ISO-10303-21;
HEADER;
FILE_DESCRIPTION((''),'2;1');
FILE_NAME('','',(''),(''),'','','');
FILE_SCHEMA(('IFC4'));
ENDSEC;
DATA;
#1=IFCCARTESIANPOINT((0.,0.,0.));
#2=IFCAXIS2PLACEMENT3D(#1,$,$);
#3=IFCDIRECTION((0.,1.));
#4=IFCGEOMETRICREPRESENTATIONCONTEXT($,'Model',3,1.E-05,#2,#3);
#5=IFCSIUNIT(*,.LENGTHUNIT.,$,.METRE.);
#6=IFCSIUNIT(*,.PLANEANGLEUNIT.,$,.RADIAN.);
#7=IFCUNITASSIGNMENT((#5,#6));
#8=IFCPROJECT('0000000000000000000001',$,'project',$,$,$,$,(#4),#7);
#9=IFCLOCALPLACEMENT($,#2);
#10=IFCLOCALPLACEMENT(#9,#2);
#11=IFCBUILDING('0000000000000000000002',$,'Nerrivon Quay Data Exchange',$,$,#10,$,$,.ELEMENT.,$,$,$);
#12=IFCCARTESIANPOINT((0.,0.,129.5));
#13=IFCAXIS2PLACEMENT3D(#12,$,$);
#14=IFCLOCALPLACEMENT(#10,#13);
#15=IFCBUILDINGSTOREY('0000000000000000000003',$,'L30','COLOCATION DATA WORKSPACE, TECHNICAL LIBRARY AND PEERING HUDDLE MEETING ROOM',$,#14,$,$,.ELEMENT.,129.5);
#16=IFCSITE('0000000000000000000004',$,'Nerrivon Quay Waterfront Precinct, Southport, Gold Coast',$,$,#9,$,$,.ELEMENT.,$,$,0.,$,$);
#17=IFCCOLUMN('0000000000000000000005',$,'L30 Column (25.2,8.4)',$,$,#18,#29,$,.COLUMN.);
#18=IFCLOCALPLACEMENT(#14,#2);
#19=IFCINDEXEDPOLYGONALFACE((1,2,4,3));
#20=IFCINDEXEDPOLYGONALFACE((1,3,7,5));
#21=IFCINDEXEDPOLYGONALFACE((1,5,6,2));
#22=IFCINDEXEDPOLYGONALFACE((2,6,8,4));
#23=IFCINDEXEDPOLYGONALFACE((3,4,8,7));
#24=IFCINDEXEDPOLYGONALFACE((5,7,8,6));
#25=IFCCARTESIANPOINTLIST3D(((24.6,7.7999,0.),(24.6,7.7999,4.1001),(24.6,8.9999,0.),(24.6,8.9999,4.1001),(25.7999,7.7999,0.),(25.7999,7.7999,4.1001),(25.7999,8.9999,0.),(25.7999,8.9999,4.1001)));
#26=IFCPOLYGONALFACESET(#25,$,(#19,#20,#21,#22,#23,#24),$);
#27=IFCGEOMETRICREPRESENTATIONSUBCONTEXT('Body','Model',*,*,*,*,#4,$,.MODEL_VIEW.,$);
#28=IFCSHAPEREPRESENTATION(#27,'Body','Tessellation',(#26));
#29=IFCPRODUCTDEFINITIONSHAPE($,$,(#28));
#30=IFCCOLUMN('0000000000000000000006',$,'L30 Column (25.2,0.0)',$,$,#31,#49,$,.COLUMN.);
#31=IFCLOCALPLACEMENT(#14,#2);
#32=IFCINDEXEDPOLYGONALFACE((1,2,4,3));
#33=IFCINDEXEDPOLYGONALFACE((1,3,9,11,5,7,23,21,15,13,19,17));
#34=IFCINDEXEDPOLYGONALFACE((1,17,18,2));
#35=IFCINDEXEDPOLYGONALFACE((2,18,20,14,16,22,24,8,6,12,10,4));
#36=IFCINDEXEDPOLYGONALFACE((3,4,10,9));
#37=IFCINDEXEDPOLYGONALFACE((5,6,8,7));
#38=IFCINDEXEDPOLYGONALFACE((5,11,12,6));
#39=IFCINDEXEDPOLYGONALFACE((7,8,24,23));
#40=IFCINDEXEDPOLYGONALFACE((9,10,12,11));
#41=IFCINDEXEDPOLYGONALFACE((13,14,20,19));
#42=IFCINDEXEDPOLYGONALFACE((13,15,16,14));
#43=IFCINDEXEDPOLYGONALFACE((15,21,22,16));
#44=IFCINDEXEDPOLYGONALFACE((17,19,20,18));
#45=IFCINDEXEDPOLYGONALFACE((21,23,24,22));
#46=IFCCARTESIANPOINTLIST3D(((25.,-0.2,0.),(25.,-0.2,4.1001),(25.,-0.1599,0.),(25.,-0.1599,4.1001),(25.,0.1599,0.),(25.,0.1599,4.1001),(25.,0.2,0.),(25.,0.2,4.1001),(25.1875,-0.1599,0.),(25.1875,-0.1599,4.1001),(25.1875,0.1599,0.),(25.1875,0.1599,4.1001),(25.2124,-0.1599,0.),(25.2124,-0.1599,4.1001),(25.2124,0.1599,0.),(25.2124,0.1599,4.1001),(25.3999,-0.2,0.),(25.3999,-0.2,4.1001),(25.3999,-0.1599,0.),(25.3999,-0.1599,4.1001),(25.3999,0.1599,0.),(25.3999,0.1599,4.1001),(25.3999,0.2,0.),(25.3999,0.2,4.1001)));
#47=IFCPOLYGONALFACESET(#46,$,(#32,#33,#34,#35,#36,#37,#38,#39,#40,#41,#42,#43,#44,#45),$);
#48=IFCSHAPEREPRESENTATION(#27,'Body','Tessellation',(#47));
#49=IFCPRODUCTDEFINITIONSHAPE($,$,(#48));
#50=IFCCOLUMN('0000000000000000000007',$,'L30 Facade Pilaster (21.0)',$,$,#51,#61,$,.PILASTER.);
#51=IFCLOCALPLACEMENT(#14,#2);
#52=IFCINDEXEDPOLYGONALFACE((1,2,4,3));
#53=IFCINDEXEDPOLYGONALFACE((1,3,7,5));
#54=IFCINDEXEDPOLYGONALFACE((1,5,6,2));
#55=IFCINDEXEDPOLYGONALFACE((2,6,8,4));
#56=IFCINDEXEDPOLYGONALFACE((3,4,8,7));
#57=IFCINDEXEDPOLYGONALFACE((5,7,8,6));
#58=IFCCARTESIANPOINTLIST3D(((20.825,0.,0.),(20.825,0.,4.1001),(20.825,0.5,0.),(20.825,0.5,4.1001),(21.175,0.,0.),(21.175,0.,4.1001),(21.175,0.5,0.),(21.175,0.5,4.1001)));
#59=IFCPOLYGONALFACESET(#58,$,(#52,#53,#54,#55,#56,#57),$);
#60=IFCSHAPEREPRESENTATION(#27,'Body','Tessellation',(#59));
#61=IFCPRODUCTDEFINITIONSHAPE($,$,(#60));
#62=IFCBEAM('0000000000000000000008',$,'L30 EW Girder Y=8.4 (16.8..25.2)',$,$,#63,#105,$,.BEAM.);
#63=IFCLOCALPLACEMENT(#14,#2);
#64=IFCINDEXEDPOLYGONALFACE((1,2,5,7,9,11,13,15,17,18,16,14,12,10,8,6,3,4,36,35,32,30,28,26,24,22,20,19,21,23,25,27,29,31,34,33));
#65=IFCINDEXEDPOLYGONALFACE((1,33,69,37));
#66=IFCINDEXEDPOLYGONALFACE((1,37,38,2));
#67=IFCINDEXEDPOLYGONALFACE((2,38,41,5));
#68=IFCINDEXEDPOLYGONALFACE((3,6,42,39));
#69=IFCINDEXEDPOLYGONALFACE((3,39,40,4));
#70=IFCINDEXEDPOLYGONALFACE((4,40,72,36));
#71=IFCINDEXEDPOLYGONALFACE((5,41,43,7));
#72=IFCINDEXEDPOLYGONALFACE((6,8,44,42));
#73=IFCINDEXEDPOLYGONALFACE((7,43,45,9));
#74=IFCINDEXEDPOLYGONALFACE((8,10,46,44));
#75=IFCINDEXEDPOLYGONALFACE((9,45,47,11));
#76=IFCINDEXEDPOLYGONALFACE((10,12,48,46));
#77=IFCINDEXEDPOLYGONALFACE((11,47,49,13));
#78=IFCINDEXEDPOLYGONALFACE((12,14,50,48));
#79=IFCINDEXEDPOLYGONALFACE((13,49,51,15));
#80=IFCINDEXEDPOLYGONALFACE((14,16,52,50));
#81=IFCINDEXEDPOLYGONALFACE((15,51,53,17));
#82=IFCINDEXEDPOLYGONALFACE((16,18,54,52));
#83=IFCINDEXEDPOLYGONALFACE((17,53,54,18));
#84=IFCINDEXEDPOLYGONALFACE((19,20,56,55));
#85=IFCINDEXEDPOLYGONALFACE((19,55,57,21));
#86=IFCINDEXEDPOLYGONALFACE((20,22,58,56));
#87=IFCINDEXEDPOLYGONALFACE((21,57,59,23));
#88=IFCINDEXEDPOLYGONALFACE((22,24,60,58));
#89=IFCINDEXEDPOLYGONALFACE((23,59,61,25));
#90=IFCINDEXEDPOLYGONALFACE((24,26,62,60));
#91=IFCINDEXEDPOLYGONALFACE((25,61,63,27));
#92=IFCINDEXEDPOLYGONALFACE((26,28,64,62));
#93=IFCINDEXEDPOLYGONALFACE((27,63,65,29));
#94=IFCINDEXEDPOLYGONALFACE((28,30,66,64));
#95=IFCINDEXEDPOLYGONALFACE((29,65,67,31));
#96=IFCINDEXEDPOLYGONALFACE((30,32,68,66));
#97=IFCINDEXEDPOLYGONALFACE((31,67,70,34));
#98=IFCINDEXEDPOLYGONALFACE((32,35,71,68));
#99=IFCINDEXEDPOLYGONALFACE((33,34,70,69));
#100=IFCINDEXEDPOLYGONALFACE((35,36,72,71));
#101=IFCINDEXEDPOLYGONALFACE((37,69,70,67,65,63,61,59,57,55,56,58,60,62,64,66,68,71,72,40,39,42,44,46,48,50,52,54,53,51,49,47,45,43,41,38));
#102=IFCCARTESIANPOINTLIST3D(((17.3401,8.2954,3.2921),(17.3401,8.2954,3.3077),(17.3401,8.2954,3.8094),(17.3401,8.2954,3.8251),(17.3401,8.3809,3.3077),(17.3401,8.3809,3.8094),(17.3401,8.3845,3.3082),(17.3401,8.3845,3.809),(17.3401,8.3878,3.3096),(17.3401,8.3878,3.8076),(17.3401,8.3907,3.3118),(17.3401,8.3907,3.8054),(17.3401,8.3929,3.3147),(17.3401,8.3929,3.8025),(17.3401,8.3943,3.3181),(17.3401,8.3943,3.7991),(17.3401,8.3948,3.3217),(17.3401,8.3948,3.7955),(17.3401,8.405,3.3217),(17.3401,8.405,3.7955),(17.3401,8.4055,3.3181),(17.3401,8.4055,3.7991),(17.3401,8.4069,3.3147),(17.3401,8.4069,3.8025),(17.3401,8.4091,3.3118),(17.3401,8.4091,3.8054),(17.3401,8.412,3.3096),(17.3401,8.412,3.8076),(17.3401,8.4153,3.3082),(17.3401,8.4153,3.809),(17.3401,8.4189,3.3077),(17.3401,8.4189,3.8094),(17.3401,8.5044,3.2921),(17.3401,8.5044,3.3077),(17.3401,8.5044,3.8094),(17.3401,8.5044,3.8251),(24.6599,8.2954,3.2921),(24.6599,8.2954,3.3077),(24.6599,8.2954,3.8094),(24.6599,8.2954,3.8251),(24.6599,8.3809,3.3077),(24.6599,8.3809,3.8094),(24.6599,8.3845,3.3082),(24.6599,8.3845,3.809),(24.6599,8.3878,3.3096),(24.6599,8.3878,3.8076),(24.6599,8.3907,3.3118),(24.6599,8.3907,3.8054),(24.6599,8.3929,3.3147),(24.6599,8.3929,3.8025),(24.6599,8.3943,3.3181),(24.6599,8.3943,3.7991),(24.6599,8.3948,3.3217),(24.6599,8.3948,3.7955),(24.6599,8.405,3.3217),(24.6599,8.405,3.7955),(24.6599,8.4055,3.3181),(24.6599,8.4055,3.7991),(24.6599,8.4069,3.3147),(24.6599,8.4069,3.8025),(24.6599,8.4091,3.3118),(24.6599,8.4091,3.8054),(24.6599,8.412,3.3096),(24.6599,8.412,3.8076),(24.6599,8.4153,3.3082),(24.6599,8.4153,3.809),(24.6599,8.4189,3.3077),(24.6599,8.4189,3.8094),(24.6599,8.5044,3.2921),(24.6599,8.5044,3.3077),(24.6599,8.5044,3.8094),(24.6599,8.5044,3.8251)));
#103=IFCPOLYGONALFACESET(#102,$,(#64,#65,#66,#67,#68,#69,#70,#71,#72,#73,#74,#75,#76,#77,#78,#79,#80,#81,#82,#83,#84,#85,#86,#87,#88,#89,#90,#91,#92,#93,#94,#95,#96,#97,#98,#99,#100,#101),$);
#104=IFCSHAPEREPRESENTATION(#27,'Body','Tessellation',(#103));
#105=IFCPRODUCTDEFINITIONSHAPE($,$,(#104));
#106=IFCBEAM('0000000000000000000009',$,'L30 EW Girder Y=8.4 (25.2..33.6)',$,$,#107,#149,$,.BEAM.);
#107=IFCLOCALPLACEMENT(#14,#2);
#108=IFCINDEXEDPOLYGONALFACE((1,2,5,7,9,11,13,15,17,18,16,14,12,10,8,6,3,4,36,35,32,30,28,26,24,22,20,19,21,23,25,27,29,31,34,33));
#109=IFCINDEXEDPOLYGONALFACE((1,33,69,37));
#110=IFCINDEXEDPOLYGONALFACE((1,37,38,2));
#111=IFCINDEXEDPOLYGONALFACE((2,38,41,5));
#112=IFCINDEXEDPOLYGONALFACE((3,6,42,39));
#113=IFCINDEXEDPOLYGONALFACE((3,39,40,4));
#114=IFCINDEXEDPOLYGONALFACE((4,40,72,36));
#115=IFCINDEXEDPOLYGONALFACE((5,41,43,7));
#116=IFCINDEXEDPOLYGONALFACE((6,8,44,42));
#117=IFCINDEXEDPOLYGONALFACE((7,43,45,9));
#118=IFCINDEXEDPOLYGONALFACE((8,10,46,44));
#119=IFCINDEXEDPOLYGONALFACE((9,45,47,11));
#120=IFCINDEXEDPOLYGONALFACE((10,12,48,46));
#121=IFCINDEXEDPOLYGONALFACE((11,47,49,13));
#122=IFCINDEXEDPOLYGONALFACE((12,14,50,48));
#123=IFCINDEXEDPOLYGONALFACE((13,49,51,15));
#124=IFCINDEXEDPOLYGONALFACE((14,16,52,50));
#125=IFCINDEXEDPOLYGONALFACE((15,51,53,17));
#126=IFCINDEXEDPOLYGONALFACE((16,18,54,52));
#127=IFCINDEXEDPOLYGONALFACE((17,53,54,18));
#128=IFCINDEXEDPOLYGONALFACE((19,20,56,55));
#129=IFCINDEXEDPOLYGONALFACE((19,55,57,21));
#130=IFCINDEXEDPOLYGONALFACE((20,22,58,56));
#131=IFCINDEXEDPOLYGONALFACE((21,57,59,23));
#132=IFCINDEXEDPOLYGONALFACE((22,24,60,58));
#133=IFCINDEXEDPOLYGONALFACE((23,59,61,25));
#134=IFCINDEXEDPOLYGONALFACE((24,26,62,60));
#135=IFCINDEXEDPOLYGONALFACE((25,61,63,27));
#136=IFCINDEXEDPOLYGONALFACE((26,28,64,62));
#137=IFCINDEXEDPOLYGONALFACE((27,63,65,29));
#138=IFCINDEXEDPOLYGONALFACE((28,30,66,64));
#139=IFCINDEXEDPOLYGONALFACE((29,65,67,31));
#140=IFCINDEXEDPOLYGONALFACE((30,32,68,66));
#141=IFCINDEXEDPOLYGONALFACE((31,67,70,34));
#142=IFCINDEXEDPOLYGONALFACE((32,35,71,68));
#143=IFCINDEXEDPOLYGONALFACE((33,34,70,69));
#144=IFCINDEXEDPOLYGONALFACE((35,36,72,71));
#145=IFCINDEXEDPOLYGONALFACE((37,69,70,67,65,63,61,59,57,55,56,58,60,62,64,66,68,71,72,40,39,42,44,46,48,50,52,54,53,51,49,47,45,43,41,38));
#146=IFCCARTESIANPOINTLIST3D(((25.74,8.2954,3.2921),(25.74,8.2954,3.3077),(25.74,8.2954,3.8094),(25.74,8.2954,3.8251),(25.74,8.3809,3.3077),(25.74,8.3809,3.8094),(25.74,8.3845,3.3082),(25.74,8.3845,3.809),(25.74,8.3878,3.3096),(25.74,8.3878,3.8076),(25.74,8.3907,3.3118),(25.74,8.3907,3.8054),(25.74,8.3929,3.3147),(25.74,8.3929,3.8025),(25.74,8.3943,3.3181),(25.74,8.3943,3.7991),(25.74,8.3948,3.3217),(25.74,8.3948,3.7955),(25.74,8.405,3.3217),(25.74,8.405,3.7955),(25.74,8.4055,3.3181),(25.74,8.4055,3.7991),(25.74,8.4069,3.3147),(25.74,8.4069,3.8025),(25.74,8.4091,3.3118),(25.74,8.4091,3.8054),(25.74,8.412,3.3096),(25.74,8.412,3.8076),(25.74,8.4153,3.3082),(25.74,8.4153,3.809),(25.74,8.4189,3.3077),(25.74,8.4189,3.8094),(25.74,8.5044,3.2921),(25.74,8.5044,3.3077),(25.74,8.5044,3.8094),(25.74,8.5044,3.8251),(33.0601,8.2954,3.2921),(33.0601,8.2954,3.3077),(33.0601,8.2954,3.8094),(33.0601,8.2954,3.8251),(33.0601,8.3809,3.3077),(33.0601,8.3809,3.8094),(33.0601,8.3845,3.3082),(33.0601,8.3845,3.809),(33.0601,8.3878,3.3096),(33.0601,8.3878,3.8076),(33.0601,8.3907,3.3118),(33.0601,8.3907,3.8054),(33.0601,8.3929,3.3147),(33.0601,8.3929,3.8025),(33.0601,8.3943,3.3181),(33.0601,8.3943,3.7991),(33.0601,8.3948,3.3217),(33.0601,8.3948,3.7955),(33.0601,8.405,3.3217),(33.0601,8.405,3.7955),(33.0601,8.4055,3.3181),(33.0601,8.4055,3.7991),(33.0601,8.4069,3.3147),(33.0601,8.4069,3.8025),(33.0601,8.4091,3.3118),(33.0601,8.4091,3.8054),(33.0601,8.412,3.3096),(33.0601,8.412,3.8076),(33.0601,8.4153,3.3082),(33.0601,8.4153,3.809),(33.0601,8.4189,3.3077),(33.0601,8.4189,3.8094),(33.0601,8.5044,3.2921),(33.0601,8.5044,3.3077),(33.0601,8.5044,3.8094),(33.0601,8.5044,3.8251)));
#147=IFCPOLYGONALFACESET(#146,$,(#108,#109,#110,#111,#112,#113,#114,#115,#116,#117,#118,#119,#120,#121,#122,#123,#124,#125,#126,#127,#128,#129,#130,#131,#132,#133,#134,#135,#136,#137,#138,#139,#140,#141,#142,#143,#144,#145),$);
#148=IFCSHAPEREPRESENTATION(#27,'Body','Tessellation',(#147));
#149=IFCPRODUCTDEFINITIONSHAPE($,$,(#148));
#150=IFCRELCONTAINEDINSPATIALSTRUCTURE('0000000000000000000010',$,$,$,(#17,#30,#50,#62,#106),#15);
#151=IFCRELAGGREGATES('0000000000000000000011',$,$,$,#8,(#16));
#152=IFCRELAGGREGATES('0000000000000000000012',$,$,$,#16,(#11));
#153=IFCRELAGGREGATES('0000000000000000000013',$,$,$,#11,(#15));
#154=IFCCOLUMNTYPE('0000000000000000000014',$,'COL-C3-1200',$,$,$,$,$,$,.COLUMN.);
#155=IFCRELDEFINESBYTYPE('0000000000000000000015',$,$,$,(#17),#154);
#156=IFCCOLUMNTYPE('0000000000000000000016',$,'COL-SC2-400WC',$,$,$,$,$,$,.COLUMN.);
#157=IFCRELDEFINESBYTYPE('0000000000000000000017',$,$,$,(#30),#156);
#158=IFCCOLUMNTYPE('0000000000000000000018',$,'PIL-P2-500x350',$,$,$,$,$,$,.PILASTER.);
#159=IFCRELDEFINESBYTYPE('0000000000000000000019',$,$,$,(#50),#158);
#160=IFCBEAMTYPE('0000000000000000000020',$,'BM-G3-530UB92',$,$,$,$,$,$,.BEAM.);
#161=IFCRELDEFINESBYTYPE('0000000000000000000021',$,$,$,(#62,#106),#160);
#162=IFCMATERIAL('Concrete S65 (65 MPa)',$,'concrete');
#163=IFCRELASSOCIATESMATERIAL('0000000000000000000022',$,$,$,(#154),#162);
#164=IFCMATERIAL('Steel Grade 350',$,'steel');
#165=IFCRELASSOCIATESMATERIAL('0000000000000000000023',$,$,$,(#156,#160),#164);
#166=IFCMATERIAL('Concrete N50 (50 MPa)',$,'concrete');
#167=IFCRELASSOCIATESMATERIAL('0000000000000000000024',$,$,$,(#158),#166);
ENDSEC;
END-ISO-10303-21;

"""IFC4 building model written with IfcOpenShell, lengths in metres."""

from ifc_helpers import new_model, si_unit, direction, frame, origin, origin_2d, place, context, subcontext, project, spatial, rectangle, i_section, extrude, material, material_profile, profile_set, type_object, element, save


model = new_model("IFC4")

# Units and contexts
model_context = context("Model", 3, precision=1e-05, world=origin(), true_north=direction((0.0, 1.0)))
body_context = subcontext(model_context, "Body", "Model", "MODEL_VIEW")
ifc_project = project(units=[si_unit("LENGTHUNIT", "METRE"), si_unit("PLANEANGLEUNIT", "RADIAN")], contexts=[model_context])

# Site, building, storey
site_placement = place(None, origin())
site = spatial("IfcSite", under=ifc_project, at=site_placement, Name="Nerrivon Quay Waterfront Precinct, Southport, Gold Coast", CompositionType="ELEMENT", RefElevation=0.0)
building_placement = place(site_placement, origin())
building = spatial("IfcBuilding", under=site, at=building_placement, Name="Nerrivon Quay Data Exchange", CompositionType="ELEMENT")
storey_placement = place(building_placement, frame((0.0, 0.0, 129.5)))
storey = spatial("IfcBuildingStorey", under=building, at=storey_placement, Name="L30", Description="COLOCATION DATA WORKSPACE, TECHNICAL LIBRARY AND PEERING HUDDLE MEETING ROOM", CompositionType="ELEMENT", Elevation=129.5)

# Columns
ifc_material_1 = material(Name="Concrete S65 (65 MPa)", Category="concrete")
ifc_material_profile_1 = material_profile(ifc_material_1, rectangle(XDim=1.2, YDim=1.2, at=origin_2d()), Name="RC-COL-1200x1200")
ifc_profile_set_1 = profile_set([ifc_material_profile_1], Name="Concrete S65 (65 MPa)")
column_type_1 = type_object("IfcColumnType", Name="COL-C3-1200", PredefinedType="COLUMN", material=ifc_profile_set_1)
column_1_placement = place(storey_placement, frame((25.2, 8.3999, 0.0), z_axis=(0.0, 0.0, 1.0), x_axis=(1.0, 0.0, 0.0)))
element("IfcColumn", 1, at=column_1_placement, inside=storey, type_object=column_type_1, Name="L30 Column (25.2,8.4)", PredefinedType="COLUMN", context=body_context, shape_type="SweptSolid", body=[
    extrude(rectangle(XDim=1.2, YDim=1.2, at=origin_2d()), origin(), (0.0, 0.0, 1.0), 4.1001),
])
ifc_material_2 = material(Name="Steel Grade 350", Category="steel")
ifc_material_profile_2 = material_profile(ifc_material_2, i_section(OverallWidth=0.3999, OverallDepth=0.3999, WebThickness=0.0249, FlangeThickness=0.04, at=origin_2d()), Name="400WC328")
ifc_profile_set_2 = profile_set([ifc_material_profile_2], Name="Steel Grade 350")
column_type_2 = type_object("IfcColumnType", Name="COL-SC2-400WC", PredefinedType="COLUMN", material=ifc_profile_set_2)
column_2_placement = place(storey_placement, frame((25.2, 0.0, 0.0), z_axis=(0.0, 0.0, 1.0), x_axis=(1.0, 0.0, 0.0)))
element("IfcColumn", 2, at=column_2_placement, inside=storey, type_object=column_type_2, Name="L30 Column (25.2,0.0)", PredefinedType="COLUMN", context=body_context, shape_type="SweptSolid", body=[
    extrude(i_section(OverallWidth=0.3999, OverallDepth=0.3999, WebThickness=0.0249, FlangeThickness=0.04, at=origin_2d()), origin(), (0.0, 0.0, 1.0), 4.1001),
])
ifc_material_3 = material(Name="Concrete N50 (50 MPa)", Category="concrete")
ifc_material_profile_3 = material_profile(ifc_material_3, rectangle(XDim=0.3501, YDim=0.5, at=origin_2d()), Name="RC-PIL-500x350")
ifc_profile_set_3 = profile_set([ifc_material_profile_3], Name="Concrete N50 (50 MPa)")
column_type_3 = type_object("IfcColumnType", Name="PIL-P2-500x350", PredefinedType="PILASTER", material=ifc_profile_set_3)
column_3_placement = place(storey_placement, frame((21.0, 0.25, 0.0), z_axis=(0.0, 0.0, 1.0), x_axis=(1.0, 0.0, 0.0)))
element("IfcColumn", 3, at=column_3_placement, inside=storey, type_object=column_type_3, Name="L30 Facade Pilaster (21.0)", PredefinedType="PILASTER", context=body_context, shape_type="SweptSolid", body=[
    extrude(rectangle(XDim=0.3501, YDim=0.5, at=origin_2d()), origin(), (0.0, 0.0, 1.0), 4.1001),
])

# Beams
ifc_material_profile_4 = material_profile(ifc_material_2, i_section(OverallWidth=0.209, OverallDepth=0.533, WebThickness=0.0103, FlangeThickness=0.0156, FilletRadius=0.0139, at=origin_2d()), Name="530UB92.4")
ifc_profile_set_4 = profile_set([ifc_material_profile_4], Name="Steel Grade 350")
beam_type_1 = type_object("IfcBeamType", Name="BM-G3-530UB92", PredefinedType="BEAM", material=ifc_profile_set_4)
beam_1_placement = place(storey_placement, frame((17.3401, 8.3999, 3.5586), z_axis=(1.0, 0.0, 0.0), x_axis=(0.0, 1.0, 0.0)))
element("IfcBeam", 4, at=beam_1_placement, inside=storey, type_object=beam_type_1, Name="L30 EW Girder Y=8.4 (16.8..25.2)", PredefinedType="BEAM", context=body_context, shape_type="SweptSolid", body=[
    extrude(i_section(OverallWidth=0.209, OverallDepth=0.533, WebThickness=0.0103, FlangeThickness=0.0156, FilletRadius=0.0139, at=origin_2d()), origin(), (0.0, 0.0, 1.0), 7.3198),
])
beam_2_placement = place(storey_placement, frame((25.74, 8.3999, 3.5586), z_axis=(1.0, 0.0, 0.0), x_axis=(0.0, 1.0, 0.0)))
element("IfcBeam", 5, at=beam_2_placement, inside=storey, type_object=beam_type_1, Name="L30 EW Girder Y=8.4 (25.2..33.6)", PredefinedType="BEAM", context=body_context, shape_type="SweptSolid", body=[
    extrude(i_section(OverallWidth=0.209, OverallDepth=0.533, WebThickness=0.0103, FlangeThickness=0.0156, FilletRadius=0.0139, at=origin_2d()), origin(), (0.0, 0.0, 1.0), 7.3201),
])

save(model, "model.ifc")
